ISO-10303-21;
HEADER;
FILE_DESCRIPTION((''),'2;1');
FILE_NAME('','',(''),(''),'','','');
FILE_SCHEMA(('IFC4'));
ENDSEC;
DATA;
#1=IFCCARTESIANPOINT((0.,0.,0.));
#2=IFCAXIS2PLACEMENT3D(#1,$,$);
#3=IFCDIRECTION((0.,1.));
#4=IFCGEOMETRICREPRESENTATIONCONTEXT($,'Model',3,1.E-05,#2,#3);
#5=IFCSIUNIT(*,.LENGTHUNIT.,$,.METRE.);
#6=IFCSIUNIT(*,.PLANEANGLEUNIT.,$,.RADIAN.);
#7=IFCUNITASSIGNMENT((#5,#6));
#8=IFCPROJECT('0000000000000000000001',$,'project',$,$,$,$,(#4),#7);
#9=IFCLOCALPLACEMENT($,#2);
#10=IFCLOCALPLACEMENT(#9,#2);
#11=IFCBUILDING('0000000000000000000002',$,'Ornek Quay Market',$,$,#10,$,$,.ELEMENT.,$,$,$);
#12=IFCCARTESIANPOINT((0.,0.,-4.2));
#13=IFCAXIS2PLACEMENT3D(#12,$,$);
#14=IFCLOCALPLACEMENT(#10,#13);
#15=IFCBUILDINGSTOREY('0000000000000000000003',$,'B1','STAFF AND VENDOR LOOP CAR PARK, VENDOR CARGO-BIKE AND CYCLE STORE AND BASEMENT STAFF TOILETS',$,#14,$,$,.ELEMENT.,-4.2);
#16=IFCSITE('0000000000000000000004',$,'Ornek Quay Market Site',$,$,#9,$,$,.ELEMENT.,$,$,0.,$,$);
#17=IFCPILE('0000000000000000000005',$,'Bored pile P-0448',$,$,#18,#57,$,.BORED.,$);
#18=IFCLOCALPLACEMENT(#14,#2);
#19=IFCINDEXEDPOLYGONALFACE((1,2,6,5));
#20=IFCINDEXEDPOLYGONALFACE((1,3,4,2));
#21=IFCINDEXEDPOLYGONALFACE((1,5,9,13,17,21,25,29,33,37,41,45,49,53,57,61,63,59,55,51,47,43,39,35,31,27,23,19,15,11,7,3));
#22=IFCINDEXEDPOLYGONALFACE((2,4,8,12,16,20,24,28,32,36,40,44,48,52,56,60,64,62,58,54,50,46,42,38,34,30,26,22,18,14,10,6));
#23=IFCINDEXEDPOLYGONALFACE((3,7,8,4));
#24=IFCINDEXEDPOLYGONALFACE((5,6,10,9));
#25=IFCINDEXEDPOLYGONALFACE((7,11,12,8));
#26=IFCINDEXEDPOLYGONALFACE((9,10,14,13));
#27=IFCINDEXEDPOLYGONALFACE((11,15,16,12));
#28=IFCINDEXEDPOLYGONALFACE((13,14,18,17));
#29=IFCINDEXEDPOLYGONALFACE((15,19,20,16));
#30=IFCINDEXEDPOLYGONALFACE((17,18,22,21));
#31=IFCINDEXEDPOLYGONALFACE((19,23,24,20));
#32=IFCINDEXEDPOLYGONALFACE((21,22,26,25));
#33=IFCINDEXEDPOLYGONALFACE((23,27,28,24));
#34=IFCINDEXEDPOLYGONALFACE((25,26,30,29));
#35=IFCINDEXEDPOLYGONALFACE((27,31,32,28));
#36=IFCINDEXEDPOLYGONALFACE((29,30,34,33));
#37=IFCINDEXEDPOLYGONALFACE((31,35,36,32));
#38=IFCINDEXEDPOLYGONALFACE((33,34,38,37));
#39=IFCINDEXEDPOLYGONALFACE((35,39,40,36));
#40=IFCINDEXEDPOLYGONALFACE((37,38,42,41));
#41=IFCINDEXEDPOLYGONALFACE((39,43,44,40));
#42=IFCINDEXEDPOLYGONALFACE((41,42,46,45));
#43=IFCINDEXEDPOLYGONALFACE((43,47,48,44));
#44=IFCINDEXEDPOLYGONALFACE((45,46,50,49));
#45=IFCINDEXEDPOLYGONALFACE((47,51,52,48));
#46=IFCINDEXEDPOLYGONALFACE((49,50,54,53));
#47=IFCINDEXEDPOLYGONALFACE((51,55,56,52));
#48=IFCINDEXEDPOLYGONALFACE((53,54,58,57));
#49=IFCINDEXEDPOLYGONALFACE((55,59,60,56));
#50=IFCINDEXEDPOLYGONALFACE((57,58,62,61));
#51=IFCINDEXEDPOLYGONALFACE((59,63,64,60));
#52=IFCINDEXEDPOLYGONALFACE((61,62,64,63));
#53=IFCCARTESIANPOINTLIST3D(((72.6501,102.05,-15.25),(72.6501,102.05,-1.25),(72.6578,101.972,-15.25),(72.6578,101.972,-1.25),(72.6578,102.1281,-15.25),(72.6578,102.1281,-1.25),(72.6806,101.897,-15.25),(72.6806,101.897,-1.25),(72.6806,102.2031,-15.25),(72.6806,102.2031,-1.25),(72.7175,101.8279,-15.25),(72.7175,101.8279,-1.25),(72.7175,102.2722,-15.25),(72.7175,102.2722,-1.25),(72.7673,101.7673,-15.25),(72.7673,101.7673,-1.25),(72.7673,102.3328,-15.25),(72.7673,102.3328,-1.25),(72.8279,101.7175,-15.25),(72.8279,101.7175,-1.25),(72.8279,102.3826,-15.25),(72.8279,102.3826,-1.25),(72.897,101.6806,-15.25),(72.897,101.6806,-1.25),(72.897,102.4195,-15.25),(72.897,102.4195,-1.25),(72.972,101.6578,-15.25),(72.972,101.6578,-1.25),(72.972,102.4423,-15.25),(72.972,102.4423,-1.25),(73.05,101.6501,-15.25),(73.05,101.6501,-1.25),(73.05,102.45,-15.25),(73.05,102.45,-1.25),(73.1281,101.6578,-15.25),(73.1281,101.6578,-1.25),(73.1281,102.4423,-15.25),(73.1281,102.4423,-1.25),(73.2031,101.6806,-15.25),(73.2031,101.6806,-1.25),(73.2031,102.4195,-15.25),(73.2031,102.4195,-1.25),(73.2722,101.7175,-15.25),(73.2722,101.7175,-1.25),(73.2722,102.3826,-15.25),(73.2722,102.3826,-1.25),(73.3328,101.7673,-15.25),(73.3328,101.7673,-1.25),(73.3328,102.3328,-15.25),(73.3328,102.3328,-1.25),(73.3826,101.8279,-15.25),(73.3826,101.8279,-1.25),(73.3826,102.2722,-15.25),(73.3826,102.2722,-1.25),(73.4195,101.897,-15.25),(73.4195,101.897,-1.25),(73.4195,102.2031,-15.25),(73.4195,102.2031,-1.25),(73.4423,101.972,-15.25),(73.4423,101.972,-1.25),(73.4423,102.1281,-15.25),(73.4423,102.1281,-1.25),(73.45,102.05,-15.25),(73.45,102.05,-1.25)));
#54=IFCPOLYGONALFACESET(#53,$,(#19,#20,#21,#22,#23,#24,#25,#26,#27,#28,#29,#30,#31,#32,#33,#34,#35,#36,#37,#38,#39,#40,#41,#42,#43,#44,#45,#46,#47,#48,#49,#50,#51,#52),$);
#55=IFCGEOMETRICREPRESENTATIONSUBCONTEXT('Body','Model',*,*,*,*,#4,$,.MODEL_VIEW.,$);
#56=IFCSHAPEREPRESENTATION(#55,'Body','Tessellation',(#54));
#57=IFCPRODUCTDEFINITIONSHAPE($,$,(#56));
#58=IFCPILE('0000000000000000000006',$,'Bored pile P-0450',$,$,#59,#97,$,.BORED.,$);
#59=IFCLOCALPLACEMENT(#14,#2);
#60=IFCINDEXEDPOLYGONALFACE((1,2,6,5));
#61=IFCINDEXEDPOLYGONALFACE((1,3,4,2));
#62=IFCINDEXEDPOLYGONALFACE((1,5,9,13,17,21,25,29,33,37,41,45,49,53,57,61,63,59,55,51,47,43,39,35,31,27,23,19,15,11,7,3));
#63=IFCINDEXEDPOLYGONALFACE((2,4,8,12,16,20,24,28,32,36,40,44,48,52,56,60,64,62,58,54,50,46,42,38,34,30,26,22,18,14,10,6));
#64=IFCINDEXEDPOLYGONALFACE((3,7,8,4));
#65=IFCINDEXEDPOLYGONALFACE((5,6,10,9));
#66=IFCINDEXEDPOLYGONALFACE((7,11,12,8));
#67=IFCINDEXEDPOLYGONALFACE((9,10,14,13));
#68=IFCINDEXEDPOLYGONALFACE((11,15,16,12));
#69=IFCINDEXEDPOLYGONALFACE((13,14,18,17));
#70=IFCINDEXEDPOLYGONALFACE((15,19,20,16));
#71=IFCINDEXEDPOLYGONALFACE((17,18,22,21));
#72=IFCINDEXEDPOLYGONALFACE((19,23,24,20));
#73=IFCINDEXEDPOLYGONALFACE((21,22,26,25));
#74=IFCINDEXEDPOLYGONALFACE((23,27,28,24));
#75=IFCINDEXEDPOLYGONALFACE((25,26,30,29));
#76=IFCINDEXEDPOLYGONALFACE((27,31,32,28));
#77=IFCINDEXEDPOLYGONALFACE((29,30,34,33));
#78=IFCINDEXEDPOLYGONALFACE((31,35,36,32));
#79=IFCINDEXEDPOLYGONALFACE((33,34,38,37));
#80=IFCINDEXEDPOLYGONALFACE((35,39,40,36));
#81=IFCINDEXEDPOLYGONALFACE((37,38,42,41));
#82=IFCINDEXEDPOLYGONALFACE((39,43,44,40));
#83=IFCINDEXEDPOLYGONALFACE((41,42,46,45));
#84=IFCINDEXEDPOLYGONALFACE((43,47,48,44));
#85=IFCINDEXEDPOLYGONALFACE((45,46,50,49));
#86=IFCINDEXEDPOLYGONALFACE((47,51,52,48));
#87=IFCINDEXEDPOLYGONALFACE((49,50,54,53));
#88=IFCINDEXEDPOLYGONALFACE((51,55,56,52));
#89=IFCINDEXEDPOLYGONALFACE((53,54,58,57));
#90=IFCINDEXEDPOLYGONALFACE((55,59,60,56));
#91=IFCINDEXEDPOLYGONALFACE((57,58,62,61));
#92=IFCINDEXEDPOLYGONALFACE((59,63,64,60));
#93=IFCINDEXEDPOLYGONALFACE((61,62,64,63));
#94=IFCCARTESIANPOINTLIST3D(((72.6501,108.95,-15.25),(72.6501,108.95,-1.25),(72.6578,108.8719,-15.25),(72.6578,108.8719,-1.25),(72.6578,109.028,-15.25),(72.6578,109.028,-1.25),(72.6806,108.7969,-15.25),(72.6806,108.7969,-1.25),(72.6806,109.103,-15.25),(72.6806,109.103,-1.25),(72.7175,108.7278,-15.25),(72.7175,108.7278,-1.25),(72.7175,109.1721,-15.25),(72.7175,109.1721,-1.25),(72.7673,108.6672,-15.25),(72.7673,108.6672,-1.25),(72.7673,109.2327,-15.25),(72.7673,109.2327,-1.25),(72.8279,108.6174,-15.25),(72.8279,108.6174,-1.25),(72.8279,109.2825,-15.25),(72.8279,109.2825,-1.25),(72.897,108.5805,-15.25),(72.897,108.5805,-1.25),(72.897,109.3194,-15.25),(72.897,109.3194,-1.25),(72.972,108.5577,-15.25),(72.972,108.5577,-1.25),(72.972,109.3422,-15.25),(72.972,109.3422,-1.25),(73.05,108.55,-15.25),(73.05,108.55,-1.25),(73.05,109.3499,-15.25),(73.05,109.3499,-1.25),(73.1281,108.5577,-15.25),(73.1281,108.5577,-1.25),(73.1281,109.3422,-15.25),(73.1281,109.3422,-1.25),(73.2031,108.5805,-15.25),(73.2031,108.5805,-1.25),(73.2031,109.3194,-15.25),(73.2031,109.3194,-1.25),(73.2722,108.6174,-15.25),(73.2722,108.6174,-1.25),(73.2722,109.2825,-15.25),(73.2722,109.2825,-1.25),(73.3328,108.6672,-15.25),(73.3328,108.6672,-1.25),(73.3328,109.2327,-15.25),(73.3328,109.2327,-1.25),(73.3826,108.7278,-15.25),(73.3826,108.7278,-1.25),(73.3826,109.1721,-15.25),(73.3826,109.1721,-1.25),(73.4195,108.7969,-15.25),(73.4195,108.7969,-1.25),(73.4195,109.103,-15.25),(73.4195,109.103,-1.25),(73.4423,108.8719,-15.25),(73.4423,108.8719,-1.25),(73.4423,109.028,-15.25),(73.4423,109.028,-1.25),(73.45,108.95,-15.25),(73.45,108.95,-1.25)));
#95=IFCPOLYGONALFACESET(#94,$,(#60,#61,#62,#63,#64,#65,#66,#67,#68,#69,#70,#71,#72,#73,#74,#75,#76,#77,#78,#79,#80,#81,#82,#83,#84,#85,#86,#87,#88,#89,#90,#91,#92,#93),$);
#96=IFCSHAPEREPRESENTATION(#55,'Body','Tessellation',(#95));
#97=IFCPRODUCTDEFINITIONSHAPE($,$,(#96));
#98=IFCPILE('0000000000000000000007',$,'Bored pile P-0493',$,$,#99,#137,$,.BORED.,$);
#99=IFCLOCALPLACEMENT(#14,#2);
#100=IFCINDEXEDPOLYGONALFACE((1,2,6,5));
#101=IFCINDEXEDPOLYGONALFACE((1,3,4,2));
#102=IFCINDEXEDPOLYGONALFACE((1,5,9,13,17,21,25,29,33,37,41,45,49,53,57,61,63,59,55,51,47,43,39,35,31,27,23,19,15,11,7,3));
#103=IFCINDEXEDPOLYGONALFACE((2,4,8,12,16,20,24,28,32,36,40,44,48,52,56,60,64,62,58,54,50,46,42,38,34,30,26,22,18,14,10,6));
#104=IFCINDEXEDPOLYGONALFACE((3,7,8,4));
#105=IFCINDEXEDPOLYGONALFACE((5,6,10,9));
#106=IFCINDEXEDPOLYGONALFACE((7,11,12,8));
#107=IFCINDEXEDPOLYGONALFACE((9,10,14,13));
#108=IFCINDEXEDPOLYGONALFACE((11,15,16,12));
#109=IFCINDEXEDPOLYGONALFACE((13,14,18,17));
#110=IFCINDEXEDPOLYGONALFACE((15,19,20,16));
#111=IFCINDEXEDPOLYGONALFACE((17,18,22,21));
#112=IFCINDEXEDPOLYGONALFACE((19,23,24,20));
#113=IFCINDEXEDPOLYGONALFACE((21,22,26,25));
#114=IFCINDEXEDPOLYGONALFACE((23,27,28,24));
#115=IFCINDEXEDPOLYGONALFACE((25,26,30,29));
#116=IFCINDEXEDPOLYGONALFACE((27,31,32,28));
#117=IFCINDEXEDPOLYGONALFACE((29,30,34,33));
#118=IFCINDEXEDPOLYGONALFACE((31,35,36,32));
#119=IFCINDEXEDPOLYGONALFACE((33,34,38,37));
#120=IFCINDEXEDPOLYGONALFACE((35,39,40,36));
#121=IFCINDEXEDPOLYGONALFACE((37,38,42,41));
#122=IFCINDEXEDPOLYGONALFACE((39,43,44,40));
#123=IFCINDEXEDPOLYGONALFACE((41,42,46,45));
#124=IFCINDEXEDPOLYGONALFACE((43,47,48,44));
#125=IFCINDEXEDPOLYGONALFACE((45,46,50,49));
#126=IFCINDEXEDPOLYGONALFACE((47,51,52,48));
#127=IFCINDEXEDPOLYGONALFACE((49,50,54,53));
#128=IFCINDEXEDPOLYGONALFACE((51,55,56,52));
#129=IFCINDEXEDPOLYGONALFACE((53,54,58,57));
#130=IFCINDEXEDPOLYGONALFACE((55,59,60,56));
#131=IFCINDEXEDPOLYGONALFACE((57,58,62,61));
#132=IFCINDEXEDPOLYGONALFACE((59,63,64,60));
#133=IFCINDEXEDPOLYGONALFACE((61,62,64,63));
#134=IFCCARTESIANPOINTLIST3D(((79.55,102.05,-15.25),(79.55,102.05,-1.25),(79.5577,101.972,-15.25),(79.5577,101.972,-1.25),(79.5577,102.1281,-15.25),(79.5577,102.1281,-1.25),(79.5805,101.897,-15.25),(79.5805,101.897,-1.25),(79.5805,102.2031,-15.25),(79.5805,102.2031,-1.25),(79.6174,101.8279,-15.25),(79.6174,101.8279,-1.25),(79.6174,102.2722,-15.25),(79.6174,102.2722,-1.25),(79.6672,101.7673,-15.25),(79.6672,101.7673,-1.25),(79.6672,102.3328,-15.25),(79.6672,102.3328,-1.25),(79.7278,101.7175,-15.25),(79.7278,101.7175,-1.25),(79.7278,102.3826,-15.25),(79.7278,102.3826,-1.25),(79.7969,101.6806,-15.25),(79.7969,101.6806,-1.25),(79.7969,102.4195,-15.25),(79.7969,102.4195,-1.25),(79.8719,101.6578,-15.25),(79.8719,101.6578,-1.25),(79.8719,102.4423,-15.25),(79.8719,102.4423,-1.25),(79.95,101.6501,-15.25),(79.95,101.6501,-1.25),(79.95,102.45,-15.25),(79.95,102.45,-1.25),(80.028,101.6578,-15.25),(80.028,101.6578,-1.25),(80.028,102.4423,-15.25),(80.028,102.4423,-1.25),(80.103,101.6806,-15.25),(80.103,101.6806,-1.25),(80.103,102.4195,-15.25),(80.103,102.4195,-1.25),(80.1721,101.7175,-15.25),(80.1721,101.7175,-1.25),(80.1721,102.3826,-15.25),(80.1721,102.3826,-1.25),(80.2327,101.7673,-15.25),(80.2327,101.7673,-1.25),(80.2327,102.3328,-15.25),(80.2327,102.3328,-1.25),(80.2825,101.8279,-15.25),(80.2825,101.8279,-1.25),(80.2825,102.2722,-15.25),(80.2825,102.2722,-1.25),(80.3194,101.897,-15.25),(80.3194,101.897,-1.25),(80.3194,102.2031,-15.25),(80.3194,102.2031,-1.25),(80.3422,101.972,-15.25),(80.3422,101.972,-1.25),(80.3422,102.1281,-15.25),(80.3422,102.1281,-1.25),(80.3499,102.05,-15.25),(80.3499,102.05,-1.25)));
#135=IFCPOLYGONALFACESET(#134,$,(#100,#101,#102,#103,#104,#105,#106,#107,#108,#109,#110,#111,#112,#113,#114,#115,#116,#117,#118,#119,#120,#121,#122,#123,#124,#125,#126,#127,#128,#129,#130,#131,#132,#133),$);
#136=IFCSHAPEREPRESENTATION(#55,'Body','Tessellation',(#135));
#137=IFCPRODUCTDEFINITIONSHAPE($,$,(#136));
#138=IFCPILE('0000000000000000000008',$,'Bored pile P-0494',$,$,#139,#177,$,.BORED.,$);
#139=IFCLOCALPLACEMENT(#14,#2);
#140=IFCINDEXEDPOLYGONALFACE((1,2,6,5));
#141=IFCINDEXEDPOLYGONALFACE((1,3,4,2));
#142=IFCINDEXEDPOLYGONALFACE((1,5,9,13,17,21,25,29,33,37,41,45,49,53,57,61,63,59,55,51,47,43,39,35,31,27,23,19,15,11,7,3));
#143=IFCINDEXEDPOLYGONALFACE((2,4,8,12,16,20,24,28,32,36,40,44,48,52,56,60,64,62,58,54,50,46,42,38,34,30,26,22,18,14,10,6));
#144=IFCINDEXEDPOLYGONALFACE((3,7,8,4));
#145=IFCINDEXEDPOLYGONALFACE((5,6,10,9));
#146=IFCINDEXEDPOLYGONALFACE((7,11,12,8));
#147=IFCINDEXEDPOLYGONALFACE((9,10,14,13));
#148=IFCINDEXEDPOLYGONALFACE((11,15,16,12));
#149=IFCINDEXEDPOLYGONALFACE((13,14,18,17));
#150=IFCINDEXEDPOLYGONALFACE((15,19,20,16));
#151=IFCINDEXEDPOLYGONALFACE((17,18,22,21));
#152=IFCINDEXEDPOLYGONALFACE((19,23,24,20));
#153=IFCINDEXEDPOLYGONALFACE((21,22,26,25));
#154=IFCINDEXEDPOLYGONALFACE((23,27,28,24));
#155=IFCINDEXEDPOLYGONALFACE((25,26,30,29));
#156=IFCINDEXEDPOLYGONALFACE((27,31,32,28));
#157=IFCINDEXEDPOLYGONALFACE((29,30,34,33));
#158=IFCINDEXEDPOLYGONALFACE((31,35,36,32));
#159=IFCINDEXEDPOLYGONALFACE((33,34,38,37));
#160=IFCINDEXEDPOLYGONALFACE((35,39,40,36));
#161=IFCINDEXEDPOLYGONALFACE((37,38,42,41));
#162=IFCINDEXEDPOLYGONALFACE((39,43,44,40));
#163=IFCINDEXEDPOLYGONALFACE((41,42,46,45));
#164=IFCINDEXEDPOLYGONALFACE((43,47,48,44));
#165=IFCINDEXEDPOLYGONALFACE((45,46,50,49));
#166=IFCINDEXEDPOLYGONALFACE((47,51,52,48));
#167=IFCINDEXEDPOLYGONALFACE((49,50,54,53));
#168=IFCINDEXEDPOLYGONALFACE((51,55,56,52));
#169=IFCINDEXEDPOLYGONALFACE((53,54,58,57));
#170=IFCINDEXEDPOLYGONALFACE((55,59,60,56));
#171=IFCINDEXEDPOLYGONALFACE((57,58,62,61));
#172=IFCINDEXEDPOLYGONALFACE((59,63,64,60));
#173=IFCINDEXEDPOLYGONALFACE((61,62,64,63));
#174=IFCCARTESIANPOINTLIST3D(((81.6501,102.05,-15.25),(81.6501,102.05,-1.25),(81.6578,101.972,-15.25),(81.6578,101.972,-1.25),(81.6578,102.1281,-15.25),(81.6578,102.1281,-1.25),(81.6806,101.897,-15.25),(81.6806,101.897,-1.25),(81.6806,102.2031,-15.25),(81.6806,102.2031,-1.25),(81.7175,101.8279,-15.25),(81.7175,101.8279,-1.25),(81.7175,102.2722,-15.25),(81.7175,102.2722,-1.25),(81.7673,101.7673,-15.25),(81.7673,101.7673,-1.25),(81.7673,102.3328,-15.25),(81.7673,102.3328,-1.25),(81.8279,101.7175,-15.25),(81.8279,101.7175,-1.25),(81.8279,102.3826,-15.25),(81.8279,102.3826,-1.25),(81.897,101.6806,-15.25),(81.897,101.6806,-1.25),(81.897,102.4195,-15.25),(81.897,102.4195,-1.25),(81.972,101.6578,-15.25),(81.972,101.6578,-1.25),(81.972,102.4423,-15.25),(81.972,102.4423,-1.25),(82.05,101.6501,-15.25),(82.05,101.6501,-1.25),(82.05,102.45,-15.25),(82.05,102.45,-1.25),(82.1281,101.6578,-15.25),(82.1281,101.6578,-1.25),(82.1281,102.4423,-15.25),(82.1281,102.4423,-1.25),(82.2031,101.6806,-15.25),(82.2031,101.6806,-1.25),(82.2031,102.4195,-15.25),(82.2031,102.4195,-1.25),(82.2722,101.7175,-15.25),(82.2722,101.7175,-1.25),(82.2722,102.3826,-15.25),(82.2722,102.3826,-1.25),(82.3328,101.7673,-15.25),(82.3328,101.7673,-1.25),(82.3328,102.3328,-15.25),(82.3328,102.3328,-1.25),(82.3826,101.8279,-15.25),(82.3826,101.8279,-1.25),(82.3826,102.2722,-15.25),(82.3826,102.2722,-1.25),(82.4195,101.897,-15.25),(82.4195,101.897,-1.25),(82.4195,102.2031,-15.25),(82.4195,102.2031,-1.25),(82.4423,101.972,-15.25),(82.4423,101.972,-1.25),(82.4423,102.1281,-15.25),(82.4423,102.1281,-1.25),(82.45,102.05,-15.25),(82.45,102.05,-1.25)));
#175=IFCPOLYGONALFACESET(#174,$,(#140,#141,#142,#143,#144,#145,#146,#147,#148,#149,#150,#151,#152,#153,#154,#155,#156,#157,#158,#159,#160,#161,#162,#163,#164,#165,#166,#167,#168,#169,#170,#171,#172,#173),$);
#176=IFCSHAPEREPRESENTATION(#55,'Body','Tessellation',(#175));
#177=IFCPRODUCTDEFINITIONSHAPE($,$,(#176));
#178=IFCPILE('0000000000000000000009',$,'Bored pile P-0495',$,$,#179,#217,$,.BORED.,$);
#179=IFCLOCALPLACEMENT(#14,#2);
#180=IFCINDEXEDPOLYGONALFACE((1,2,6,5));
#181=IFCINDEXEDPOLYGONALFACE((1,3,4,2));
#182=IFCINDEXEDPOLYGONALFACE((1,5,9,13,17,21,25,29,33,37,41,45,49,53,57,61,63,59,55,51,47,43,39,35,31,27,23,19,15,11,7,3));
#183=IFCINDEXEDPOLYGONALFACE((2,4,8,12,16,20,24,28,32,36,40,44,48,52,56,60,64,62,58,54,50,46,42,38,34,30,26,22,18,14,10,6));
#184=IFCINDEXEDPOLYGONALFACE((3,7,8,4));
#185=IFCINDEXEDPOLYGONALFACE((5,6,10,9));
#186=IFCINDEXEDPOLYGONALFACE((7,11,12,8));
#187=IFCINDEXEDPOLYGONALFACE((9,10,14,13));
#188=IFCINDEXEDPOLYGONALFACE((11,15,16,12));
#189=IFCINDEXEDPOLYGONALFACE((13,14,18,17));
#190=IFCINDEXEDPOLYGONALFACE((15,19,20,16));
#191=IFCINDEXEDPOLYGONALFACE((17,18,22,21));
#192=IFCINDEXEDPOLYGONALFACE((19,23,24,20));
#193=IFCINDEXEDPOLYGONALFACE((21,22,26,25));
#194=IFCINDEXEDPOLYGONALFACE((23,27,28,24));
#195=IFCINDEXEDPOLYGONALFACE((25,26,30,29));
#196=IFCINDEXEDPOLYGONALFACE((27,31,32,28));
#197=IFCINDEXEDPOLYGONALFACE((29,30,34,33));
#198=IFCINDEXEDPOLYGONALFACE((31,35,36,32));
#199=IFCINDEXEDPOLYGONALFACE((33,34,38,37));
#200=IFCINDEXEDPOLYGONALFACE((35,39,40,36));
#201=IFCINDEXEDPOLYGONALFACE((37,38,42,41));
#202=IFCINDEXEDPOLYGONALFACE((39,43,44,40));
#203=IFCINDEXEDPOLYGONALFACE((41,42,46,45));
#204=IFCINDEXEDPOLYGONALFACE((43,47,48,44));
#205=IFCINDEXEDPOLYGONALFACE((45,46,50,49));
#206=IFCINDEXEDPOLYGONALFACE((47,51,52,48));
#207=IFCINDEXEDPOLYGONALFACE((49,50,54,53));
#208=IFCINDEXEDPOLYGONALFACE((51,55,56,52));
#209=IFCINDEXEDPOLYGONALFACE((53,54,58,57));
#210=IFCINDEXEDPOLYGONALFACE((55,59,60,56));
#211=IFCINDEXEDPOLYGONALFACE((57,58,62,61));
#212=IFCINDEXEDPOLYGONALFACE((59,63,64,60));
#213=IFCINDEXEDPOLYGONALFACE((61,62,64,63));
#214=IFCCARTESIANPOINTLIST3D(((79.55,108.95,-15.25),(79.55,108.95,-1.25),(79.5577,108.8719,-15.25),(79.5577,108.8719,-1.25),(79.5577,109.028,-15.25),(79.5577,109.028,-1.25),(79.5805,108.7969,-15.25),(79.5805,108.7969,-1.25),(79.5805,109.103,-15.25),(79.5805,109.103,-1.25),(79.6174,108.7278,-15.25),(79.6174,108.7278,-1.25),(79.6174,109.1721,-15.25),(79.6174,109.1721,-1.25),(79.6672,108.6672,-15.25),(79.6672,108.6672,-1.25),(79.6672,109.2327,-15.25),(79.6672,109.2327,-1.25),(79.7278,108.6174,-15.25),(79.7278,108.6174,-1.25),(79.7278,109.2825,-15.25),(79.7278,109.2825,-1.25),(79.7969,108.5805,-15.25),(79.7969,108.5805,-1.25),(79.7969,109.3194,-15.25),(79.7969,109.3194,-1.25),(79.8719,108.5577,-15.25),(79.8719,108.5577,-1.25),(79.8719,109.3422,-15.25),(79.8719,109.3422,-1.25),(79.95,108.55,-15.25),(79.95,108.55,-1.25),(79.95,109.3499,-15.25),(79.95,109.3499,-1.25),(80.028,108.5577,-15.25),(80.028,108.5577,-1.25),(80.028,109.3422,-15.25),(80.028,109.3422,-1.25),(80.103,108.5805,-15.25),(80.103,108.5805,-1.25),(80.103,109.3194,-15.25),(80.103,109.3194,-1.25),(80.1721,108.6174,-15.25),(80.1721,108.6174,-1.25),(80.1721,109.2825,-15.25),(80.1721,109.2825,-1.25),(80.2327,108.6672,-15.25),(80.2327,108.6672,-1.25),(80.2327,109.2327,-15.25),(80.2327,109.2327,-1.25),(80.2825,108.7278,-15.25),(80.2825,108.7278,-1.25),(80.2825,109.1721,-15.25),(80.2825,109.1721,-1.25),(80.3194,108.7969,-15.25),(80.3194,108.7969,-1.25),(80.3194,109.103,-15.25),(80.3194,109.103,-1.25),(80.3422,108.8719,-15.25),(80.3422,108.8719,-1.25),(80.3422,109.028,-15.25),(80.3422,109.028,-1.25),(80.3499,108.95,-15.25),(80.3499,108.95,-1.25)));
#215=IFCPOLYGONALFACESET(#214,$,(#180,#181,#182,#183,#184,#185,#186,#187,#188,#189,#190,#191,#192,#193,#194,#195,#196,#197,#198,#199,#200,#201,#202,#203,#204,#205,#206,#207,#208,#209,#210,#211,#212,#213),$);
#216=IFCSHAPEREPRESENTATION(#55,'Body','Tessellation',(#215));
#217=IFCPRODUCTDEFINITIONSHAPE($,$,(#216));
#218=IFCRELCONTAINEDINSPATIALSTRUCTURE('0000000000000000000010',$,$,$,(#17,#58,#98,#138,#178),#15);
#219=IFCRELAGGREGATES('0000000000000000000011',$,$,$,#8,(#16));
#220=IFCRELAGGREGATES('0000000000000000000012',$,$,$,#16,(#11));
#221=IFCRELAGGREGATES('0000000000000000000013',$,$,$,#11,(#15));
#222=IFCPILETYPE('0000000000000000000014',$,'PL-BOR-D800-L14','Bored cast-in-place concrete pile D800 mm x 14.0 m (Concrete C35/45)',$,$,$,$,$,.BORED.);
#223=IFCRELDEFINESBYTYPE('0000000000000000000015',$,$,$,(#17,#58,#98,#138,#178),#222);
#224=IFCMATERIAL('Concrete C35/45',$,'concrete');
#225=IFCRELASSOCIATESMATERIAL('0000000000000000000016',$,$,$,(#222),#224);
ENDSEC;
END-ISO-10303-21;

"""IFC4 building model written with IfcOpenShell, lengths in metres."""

from ifc_helpers import new_model, si_unit, direction, frame, origin, origin_2d, place, context, subcontext, project, spatial, circle, extrude, material, material_profile, profile_set, type_object, element, save


model = new_model("IFC4")

# Units and contexts
model_context = context("Model", 3, precision=1e-05, world=origin(), true_north=direction((0.0, 1.0)))
body_context = subcontext(model_context, "Body", "Model", "MODEL_VIEW")
ifc_project = project(units=[si_unit("LENGTHUNIT", "METRE"), si_unit("PLANEANGLEUNIT", "RADIAN")], contexts=[model_context])

# Site, building, storey
site_placement = place(None, origin())
site = spatial("IfcSite", under=ifc_project, at=site_placement, Name="Ornek Quay Market Site", CompositionType="ELEMENT", RefElevation=0.0)
building_placement = place(site_placement, origin())
building = spatial("IfcBuilding", under=site, at=building_placement, Name="Ornek Quay Market", CompositionType="ELEMENT")
storey_placement = place(building_placement, frame((0.0, 0.0, -4.2)))
storey = spatial("IfcBuildingStorey", under=building, at=storey_placement, Name="B1", Description="STAFF AND VENDOR LOOP CAR PARK, VENDOR CARGO-BIKE AND CYCLE STORE AND BASEMENT STAFF TOILETS", CompositionType="ELEMENT", Elevation=-4.2)

# Piles
ifc_material_1 = material(Name="Concrete C35/45", Category="concrete")
ifc_material_profile_1 = material_profile(ifc_material_1, circle(Radius=0.3999, at=origin_2d()), Name="PILE D800", Category="concrete")
ifc_profile_set_1 = profile_set([ifc_material_profile_1], Name="Concrete C35/45")
pile_type = type_object("IfcPileType", Name="PL-BOR-D800-L14", Description="Bored cast-in-place concrete pile D800 mm x 14.0 m (Concrete C35/45)", PredefinedType="BORED", material=ifc_profile_set_1)
for number, where, z_axis, x_axis, name in (
    (1, (73.05, 102.05, -1.25), (0.0, 0.0, -1.0), (1.0, 0.0, 0.0), "Bored pile P-0448"),
    (2, (73.05, 108.95, -1.25), (0.0, 0.0, -1.0), (1.0, 0.0, 0.0), "Bored pile P-0450"),
    (3, (79.95, 102.05, -1.25), (0.0, 0.0, -1.0), (1.0, 0.0, 0.0), "Bored pile P-0493"),
    (4, (82.05, 102.05, -1.25), (0.0, 0.0, -1.0), (1.0, 0.0, 0.0), "Bored pile P-0494"),
    (5, (79.95, 108.95, -1.25), (0.0, 0.0, -1.0), (1.0, 0.0, 0.0), "Bored pile P-0495"),
):
    element("IfcPile", number, at=place(storey_placement, frame(where, z_axis=z_axis, x_axis=x_axis)), inside=storey, type_object=pile_type, Name=name, PredefinedType="BORED", context=body_context, shape_type="SweptSolid", body=[
        extrude(circle(Radius=0.3999, at=origin_2d()), origin(), (0.0, 0.0, 1.0), 14.0),
    ])

save(model, "model.ifc")
